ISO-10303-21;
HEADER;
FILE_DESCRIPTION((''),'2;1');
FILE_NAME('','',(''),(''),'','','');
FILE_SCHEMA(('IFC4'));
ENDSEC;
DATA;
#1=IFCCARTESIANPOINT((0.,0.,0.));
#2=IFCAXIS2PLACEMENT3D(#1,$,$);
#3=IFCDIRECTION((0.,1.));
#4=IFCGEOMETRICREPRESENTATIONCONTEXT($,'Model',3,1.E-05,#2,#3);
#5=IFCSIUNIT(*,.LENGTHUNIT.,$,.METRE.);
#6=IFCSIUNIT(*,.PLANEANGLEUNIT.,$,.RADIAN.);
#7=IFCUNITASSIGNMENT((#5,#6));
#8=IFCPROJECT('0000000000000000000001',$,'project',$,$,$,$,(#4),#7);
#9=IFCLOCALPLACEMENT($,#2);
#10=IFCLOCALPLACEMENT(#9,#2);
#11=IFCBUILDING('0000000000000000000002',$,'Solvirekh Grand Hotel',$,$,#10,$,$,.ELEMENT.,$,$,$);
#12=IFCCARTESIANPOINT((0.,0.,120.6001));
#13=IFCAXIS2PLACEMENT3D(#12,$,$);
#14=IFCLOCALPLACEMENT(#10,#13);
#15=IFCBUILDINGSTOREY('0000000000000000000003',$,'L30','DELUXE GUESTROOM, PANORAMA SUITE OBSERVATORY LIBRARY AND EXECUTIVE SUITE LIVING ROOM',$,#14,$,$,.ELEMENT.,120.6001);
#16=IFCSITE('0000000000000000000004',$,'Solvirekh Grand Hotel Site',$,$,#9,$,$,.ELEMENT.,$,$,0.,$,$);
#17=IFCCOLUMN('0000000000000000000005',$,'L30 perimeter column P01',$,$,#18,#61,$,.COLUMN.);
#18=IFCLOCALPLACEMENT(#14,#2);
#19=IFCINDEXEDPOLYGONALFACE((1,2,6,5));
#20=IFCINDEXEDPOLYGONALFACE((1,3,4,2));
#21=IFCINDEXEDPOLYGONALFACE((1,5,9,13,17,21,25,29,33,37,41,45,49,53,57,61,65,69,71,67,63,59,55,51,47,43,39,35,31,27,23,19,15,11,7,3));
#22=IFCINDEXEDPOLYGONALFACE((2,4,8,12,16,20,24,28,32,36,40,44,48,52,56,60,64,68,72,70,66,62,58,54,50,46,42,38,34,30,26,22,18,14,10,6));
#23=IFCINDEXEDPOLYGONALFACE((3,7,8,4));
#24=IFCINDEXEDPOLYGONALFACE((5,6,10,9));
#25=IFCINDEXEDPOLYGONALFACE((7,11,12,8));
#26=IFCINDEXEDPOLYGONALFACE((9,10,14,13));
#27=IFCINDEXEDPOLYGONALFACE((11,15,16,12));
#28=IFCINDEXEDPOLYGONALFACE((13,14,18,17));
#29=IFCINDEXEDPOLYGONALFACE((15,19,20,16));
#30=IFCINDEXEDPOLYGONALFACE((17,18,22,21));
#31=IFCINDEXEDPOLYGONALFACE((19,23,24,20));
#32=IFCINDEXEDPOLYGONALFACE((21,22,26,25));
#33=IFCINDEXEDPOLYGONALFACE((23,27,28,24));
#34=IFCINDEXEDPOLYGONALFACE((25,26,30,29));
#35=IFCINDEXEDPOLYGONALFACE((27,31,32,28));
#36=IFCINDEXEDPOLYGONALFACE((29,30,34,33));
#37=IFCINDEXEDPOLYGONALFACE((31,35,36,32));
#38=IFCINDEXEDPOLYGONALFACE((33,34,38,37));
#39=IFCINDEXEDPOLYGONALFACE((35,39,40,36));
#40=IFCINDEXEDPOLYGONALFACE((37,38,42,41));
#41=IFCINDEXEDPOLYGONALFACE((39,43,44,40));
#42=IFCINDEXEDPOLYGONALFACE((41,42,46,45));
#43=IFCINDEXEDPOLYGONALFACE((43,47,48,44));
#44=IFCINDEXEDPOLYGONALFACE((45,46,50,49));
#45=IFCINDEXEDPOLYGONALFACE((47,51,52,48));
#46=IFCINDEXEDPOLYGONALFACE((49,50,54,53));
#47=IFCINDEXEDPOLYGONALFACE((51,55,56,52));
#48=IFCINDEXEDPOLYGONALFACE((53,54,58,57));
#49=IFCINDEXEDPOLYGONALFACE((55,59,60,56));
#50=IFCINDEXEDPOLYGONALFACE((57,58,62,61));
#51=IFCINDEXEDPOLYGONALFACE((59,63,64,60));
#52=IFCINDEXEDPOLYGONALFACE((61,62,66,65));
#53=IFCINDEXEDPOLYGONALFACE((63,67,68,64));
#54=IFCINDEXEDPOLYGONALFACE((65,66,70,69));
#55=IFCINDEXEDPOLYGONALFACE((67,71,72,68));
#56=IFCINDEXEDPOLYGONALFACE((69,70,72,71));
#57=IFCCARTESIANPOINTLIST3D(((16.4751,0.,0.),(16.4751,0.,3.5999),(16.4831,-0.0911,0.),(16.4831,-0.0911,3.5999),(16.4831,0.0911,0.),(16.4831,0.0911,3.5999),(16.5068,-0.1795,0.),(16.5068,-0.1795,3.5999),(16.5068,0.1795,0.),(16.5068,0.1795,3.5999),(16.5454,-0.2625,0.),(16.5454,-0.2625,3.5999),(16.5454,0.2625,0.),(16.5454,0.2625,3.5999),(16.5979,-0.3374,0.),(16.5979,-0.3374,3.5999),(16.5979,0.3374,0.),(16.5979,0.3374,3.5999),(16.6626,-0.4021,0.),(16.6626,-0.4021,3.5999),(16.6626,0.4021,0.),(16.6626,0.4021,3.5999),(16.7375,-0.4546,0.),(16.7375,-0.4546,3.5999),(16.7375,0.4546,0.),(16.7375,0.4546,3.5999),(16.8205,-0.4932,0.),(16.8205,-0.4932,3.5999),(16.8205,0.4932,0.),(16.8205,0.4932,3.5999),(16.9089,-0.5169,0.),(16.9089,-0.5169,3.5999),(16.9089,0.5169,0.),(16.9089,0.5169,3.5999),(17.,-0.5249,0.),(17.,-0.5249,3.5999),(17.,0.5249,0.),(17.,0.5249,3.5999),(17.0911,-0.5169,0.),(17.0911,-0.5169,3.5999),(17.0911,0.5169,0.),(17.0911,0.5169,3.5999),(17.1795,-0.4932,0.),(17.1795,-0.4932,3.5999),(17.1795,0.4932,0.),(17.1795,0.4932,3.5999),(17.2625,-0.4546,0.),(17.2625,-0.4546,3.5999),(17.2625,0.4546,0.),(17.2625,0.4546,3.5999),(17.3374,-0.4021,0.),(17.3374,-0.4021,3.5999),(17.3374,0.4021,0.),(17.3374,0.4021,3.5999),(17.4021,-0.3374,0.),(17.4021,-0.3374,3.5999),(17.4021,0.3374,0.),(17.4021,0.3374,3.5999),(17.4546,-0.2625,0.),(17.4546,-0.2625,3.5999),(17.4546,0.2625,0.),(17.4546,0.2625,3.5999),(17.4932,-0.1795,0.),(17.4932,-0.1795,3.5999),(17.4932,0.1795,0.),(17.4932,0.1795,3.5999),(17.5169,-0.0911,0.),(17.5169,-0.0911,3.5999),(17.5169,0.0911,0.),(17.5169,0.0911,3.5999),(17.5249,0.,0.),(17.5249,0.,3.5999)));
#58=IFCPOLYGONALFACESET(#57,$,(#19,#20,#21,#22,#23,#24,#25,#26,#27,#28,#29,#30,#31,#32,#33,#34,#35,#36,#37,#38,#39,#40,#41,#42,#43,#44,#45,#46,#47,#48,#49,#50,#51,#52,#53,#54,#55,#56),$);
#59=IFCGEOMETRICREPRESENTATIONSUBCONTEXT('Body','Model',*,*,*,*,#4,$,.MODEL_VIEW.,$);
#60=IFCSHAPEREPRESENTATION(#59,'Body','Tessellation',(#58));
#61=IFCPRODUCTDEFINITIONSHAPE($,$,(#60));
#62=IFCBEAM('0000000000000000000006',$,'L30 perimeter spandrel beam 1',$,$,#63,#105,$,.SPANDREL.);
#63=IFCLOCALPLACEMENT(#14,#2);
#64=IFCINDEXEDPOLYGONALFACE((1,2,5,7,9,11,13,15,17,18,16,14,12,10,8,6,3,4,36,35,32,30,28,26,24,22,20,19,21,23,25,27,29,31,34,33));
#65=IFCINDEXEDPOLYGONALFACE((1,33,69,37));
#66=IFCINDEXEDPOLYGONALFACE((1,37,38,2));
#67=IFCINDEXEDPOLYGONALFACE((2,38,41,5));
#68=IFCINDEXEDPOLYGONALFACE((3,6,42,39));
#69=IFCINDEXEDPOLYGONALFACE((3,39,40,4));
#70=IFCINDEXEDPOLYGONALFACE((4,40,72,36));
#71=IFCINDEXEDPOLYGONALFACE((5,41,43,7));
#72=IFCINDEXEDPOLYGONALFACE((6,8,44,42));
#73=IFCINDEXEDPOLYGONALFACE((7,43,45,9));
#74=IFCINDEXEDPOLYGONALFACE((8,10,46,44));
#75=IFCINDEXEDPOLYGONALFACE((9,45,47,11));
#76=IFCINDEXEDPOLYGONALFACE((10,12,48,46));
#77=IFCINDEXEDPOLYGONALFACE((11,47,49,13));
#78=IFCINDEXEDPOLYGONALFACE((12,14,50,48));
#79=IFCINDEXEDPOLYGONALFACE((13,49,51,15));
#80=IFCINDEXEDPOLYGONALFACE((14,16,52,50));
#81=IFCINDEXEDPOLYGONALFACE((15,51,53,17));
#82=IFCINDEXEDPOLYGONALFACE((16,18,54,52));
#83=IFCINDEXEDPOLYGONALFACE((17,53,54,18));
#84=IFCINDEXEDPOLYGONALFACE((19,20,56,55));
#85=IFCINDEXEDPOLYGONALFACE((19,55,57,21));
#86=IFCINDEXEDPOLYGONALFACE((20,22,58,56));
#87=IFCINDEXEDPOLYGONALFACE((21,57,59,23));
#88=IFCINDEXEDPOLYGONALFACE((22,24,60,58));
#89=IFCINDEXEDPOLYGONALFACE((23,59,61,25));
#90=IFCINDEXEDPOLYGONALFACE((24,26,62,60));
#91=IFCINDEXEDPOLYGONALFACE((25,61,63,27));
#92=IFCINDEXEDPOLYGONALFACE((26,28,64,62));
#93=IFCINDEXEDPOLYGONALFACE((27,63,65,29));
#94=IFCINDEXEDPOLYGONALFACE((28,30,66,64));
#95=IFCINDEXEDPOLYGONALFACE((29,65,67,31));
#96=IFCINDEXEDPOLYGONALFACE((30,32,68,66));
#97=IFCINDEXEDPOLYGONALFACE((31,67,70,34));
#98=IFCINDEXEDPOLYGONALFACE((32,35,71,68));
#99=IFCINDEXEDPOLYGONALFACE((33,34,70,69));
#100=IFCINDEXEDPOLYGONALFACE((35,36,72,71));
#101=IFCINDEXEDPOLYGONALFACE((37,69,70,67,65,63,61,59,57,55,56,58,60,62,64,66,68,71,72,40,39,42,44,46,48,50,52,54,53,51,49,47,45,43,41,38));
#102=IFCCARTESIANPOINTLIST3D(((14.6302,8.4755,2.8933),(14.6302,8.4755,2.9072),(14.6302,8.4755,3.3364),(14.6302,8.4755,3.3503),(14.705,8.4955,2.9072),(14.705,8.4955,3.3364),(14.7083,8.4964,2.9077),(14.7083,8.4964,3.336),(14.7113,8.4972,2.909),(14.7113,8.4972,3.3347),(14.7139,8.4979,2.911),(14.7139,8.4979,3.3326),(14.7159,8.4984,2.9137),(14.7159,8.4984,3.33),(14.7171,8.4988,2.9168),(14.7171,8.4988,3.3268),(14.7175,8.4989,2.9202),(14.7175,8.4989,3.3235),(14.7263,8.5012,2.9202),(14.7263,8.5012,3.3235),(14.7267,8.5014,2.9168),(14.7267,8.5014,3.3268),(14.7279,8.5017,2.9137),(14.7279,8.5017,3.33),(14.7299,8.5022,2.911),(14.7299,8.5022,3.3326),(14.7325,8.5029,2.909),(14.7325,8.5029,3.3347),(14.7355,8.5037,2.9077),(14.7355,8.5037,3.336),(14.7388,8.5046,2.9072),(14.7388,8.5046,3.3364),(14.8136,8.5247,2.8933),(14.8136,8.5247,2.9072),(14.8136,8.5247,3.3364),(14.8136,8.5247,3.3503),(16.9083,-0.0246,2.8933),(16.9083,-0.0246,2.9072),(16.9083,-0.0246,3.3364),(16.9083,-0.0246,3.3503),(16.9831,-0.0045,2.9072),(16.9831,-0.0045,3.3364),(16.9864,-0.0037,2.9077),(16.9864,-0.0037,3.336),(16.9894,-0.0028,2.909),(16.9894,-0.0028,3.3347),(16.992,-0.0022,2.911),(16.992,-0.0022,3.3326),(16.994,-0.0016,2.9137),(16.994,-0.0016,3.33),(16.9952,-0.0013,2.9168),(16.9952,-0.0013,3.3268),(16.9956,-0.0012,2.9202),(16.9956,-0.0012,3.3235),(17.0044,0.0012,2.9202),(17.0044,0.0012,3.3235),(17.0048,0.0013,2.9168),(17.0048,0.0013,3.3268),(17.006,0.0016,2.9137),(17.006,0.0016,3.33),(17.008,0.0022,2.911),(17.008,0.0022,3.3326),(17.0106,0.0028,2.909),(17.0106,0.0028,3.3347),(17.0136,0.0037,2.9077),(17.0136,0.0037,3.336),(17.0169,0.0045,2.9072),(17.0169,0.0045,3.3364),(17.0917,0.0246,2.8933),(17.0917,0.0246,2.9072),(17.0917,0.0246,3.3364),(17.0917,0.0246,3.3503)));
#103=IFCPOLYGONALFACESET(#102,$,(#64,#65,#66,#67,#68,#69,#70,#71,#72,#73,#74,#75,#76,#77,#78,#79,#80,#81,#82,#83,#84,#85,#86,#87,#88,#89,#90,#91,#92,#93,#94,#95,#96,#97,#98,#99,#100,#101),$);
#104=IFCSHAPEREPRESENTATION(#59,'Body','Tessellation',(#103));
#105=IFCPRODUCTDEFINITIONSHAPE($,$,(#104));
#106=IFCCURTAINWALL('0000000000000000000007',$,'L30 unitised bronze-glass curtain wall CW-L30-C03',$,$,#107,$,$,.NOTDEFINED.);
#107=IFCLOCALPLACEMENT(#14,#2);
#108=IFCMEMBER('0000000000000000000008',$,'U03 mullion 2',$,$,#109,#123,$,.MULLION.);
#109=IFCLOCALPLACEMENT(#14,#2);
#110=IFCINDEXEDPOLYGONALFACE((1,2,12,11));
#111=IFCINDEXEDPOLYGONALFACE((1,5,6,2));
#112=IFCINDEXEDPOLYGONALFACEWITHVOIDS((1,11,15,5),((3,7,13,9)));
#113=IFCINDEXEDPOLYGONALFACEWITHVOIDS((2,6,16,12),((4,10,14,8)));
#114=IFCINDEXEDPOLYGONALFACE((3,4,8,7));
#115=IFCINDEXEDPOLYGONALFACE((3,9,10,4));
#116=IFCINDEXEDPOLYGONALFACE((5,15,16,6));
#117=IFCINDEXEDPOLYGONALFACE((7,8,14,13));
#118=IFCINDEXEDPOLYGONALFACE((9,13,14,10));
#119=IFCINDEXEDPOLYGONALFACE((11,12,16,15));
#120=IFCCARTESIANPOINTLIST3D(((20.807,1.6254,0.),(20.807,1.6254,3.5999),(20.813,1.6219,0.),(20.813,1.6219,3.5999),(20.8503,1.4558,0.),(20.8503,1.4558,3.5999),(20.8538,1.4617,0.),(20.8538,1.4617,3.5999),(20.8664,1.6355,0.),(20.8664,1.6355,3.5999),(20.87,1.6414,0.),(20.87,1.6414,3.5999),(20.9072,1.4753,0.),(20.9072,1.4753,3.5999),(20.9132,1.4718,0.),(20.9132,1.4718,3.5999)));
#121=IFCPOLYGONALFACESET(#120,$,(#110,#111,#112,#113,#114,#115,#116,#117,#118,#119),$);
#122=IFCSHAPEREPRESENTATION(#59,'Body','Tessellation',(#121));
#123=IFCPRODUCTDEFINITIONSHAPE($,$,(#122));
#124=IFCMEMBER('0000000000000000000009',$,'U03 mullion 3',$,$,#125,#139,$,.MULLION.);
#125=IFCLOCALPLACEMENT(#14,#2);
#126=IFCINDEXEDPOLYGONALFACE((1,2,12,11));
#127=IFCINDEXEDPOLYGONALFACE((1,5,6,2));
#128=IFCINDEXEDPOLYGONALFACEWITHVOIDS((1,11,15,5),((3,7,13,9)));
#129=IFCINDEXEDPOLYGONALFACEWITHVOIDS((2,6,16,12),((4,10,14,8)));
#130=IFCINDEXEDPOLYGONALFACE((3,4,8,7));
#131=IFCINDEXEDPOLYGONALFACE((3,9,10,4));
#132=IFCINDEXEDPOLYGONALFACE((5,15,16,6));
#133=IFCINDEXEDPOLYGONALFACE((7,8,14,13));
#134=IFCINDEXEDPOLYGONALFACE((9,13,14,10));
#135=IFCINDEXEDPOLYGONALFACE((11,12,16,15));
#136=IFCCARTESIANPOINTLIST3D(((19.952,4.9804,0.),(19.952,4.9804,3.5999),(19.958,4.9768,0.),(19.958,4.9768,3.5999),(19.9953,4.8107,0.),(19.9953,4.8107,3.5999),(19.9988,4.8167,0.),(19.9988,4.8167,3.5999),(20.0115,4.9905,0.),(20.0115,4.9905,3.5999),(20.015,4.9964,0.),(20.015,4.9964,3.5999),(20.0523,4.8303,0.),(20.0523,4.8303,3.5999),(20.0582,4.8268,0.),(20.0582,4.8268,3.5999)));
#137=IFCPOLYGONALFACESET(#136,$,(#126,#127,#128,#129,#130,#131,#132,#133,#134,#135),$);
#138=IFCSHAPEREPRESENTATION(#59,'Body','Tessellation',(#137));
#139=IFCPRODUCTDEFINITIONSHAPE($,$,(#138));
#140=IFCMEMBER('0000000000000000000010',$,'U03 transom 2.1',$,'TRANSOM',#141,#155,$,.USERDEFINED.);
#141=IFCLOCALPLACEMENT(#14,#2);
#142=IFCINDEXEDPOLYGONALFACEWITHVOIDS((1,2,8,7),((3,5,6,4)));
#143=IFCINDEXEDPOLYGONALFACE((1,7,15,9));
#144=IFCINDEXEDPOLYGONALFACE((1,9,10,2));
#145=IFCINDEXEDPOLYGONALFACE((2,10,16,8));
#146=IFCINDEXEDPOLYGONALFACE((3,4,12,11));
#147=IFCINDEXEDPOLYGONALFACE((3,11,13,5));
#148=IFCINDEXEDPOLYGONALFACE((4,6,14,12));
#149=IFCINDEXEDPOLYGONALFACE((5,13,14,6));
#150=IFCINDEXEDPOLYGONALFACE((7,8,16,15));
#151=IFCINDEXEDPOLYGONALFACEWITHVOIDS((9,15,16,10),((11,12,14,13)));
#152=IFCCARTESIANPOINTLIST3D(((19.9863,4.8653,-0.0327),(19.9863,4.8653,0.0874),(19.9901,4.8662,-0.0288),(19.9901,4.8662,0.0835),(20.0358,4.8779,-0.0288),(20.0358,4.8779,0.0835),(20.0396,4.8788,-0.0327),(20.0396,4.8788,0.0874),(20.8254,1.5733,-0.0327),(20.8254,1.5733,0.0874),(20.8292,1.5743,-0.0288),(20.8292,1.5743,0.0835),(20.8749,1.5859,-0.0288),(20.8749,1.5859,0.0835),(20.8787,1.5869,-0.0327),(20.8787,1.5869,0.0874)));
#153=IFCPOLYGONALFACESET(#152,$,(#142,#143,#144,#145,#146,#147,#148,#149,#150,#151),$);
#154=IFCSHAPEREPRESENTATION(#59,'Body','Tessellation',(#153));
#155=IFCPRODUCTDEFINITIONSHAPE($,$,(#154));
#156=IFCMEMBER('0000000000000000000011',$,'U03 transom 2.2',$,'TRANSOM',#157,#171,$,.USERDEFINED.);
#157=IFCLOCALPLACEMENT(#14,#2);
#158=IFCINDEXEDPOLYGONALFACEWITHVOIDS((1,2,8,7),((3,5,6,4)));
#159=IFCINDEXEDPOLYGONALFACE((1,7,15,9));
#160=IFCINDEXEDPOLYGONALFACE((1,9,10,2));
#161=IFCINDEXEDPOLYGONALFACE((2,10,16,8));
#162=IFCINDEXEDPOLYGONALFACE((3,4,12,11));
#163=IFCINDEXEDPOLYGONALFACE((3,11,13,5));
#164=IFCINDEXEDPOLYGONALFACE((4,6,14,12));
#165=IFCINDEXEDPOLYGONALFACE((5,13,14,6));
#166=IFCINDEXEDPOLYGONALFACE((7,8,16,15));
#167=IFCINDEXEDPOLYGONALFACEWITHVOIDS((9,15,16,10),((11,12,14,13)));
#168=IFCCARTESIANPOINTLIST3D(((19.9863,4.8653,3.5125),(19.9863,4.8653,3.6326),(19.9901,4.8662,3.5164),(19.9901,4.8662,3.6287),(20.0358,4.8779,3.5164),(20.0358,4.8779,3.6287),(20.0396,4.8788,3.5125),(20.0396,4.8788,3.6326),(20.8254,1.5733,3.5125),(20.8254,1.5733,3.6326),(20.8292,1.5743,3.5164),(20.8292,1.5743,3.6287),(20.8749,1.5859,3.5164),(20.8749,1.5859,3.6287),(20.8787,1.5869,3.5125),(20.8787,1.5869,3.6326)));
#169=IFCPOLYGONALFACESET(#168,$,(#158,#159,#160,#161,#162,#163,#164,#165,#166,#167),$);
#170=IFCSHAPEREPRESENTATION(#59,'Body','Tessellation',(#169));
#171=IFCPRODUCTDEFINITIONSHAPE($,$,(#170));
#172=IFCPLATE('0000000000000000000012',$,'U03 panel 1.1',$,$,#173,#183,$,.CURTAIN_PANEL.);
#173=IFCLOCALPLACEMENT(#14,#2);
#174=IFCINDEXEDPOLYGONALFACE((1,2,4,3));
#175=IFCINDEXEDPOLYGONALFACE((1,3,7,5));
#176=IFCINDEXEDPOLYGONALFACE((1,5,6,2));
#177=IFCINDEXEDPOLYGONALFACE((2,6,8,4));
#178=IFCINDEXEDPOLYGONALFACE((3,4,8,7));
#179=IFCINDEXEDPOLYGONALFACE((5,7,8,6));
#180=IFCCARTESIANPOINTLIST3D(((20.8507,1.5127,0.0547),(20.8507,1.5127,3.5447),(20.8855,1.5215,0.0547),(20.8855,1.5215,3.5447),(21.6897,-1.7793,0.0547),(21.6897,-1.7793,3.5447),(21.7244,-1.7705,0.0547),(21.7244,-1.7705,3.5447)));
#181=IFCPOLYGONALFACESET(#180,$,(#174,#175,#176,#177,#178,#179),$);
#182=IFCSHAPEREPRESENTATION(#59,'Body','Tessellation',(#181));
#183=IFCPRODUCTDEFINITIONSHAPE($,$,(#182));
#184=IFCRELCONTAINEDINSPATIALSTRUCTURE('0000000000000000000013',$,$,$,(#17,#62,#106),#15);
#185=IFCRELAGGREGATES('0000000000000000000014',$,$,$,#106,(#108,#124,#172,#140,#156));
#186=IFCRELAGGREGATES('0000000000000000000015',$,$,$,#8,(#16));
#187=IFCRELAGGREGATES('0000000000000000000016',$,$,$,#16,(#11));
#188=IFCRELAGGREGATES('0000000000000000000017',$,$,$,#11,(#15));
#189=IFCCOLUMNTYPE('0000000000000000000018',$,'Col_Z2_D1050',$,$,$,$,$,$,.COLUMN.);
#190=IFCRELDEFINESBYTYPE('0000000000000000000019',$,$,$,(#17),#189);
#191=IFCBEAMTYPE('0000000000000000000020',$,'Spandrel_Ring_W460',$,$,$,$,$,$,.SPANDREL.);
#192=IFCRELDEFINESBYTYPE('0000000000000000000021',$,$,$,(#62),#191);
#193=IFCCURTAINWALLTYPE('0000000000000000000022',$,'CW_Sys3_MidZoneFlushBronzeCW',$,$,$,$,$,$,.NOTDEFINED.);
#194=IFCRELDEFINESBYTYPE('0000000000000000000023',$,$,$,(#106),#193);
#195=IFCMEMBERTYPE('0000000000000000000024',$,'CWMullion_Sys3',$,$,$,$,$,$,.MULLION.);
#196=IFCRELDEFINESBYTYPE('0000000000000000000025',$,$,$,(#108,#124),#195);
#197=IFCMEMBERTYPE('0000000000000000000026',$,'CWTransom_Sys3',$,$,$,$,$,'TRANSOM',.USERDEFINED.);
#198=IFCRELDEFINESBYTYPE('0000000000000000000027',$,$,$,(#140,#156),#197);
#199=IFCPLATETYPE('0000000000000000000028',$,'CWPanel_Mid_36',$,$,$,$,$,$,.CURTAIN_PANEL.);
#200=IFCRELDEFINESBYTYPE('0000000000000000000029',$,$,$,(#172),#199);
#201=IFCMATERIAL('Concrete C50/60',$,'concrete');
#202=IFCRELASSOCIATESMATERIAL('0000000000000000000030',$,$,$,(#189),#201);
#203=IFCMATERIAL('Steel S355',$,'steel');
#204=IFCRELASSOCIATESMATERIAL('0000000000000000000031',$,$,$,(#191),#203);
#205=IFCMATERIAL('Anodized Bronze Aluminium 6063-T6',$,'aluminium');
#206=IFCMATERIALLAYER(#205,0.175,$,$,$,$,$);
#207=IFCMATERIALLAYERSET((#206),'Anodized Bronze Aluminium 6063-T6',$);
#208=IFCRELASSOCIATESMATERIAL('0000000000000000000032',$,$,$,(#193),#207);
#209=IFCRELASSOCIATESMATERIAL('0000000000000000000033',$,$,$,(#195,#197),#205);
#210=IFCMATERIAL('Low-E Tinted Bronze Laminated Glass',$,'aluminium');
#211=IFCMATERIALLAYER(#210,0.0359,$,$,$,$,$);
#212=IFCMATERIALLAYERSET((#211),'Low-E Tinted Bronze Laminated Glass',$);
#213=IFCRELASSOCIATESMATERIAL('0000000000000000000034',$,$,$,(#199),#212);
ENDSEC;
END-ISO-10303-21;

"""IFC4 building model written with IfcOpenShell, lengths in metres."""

from ifc_helpers import new_model, si_unit, direction, frame, origin, origin_2d, place, context, subcontext, project, spatial, rectangle, hollow_rectangle, circle, i_section, extrude, source, transform, mapped, material, layer, layer_set, material_profile, profile_set, type_object, element, aggregate, save


model = new_model("IFC4")

# Units and contexts
model_context = context("Model", 3, precision=1e-05, world=origin(), true_north=direction((0.0, 1.0)))
body_context = subcontext(model_context, "Body", "Model", "MODEL_VIEW")
ifc_project = project(units=[si_unit("LENGTHUNIT", "METRE"), si_unit("PLANEANGLEUNIT", "RADIAN")], contexts=[model_context])

# Site, building, storey
site_placement = place(None, origin())
site = spatial("IfcSite", under=ifc_project, at=site_placement, Name="Solvirekh Grand Hotel Site", CompositionType="ELEMENT", RefElevation=0.0)
building_placement = place(site_placement, origin())
building = spatial("IfcBuilding", under=site, at=building_placement, Name="Solvirekh Grand Hotel", CompositionType="ELEMENT")
storey_placement = place(building_placement, frame((0.0, 0.0, 120.6001)))
storey = spatial("IfcBuildingStorey", under=building, at=storey_placement, Name="L30", Description="DELUXE GUESTROOM, PANORAMA SUITE OBSERVATORY LIBRARY AND EXECUTIVE SUITE LIVING ROOM", CompositionType="ELEMENT", Elevation=120.6001)

# Column
ifc_material_1 = material(Name="Concrete C50/60", Category="concrete")
ifc_material_profile_1 = material_profile(ifc_material_1, circle(Radius=0.5249, at=origin_2d()), Name="RC CIRC D1050")
ifc_profile_set_1 = profile_set([ifc_material_profile_1], Name="Concrete C50/60")
column_type = type_object("IfcColumnType", Name="Col_Z2_D1050", PredefinedType="COLUMN", material=ifc_profile_set_1)
column_placement = place(storey_placement, frame((17.0, 0.0, 0.0), z_axis=(0.0, 0.0, 1.0), x_axis=(1.0, 0.0, 0.0)))
element("IfcColumn", 1, at=column_placement, inside=storey, type_object=column_type, Name="L30 perimeter column P01", PredefinedType="COLUMN", context=body_context, shape_type="SweptSolid", body=[
    extrude(circle(Radius=0.5249, at=origin_2d()), origin(), (0.0, 0.0, 1.0), 3.5999),
])

# Beam
ifc_material_2 = material(Name="Steel S355", Category="steel")
ifc_material_profile_2 = material_profile(ifc_material_2, i_section(OverallWidth=0.1899, OverallDepth=0.457, WebThickness=0.009, FlangeThickness=0.0139, FilletRadius=0.0129, at=origin_2d()), Name="W460X74")
ifc_profile_set_2 = profile_set([ifc_material_profile_2], Name="Steel S355")
beam_type = type_object("IfcBeamType", Name="Spandrel_Ring_W460", PredefinedType="SPANDREL", material=ifc_profile_set_2)
beam_placement = place(storey_placement, frame((17.0, 0.0, 3.1218), z_axis=(-0.258873, 0.965911, 0.0), x_axis=(-0.965911, -0.258873, 0.0)))
element("IfcBeam", 2, at=beam_placement, inside=storey, type_object=beam_type, Name="L30 perimeter spandrel beam 1", PredefinedType="SPANDREL", context=body_context, shape_type="SweptSolid", body=[
    extrude(i_section(OverallWidth=0.1899, OverallDepth=0.457, WebThickness=0.009, FlangeThickness=0.0139, FilletRadius=0.0129, at=origin_2d()), origin(), (0.0, 0.0, 1.0), 8.8),
])

# Curtain wall, members, plate
ifc_material_3 = material(Name="Anodized Bronze Aluminium 6063-T6", Category="aluminium")
ifc_layer_1 = layer(ifc_material_3, 0.175)
ifc_layer_set_1 = layer_set([ifc_layer_1], Name="Anodized Bronze Aluminium 6063-T6")
curtain_wall_type = type_object("IfcCurtainWallType", Name="CW_Sys3_MidZoneFlushBronzeCW", PredefinedType="NOTDEFINED", material=ifc_layer_set_1)
curtain_wall_placement = place(storey_placement, origin())
curtain_wall = element("IfcCurtainWall", 3, at=curtain_wall_placement, inside=storey, type_object=curtain_wall_type, Name="L30 unitised bronze-glass curtain wall CW-L30-C03", PredefinedType="NOTDEFINED")
ifc_material_profile_3 = material_profile(ifc_material_3, hollow_rectangle(XDim=0.0649, YDim=0.175, WallThickness=0.0049, at=origin_2d()), Name="ALU RHS 175X65X5")
ifc_profile_set_3 = profile_set([ifc_material_profile_3], Name="Anodized Bronze Aluminium 6063-T6")
member_type_1 = type_object("IfcMemberType", Name="CWMullion_Sys3", PredefinedType="MULLION", material=ifc_profile_set_3)
shared_shape_1 = source(origin(), body_context, "Body", "SweptSolid", [
    extrude(hollow_rectangle(XDim=0.0649, YDim=0.175, WallThickness=0.0049, at=origin_2d()), origin(), (0.0, 0.0, 1.0), 3.5999),
])
member_1_placement = place(storey_placement, frame((20.8601, 1.5486, 0.0), z_axis=(0.0, 0.0, 1.0), x_axis=(-0.96903, -0.246943, 0.0)))
member_1 = element("IfcMember", 4, at=member_1_placement, type_object=member_type_1, Name="U03 mullion 2", PredefinedType="MULLION", context=body_context, shape_type="MappedRepresentation", body=[
    mapped(shared_shape_1, transform((0.0, 0.0, 0.0), x_axis=(1.0, 0.0, 0.0), y_axis=(0.0, 1.0, 0.0), z_axis=(0.0, 0.0, 1.0), scale=1.0)),
])
member_2_placement = place(storey_placement, frame((20.0051, 4.9036, 0.0), z_axis=(0.0, 0.0, 1.0), x_axis=(-0.96903, -0.246943, 0.0)))
member_2 = element("IfcMember", 5, at=member_2_placement, type_object=member_type_1, Name="U03 mullion 3", PredefinedType="MULLION", context=body_context, shape_type="MappedRepresentation", body=[
    mapped(shared_shape_1, transform((0.0, 0.0, 0.0), x_axis=(1.0, 0.0, 0.0), y_axis=(0.0, 1.0, 0.0), z_axis=(0.0, 0.0, 1.0), scale=1.0)),
])
ifc_material_profile_4 = material_profile(ifc_material_3, hollow_rectangle(XDim=0.0549, YDim=0.1201, WallThickness=0.0039, at=origin_2d()), Name="ALU RHS 120X55X4")
ifc_profile_set_4 = profile_set([ifc_material_profile_4], Name="Anodized Bronze Aluminium 6063-T6")
member_type_2 = type_object("IfcMemberType", Name="CWTransom_Sys3", ElementType="TRANSOM", PredefinedType="USERDEFINED", material=ifc_profile_set_4)
shared_shape_2 = source(origin(), body_context, "Body", "SweptSolid", [
    extrude(hollow_rectangle(XDim=0.0549, YDim=0.1201, WallThickness=0.0039, at=origin_2d()), origin(), (0.0, 0.0, 1.0), 3.3972),
])
member_3_placement = place(storey_placement, frame((20.8521, 1.5801, 0.0273), z_axis=(-0.246997, 0.969016, 0.0), x_axis=(-0.969016, -0.246997, 0.0)))
member_3 = element("IfcMember", 6, at=member_3_placement, type_object=member_type_2, Name="U03 transom 2.1", ObjectType="TRANSOM", PredefinedType="USERDEFINED", context=body_context, shape_type="MappedRepresentation", body=[
    mapped(shared_shape_2, transform((0.0, 0.0, 0.0), x_axis=(1.0, 0.0, 0.0), y_axis=(0.0, 1.0, 0.0), z_axis=(0.0, 0.0, 1.0), scale=1.0)),
])
member_4_placement = place(storey_placement, frame((20.8521, 1.5801, 3.5725), z_axis=(-0.246997, 0.969016, 0.0), x_axis=(-0.969016, -0.246997, 0.0)))
member_4 = element("IfcMember", 7, at=member_4_placement, type_object=member_type_2, Name="U03 transom 2.2", ObjectType="TRANSOM", PredefinedType="USERDEFINED", context=body_context, shape_type="MappedRepresentation", body=[
    mapped(shared_shape_2, transform((0.0, 0.0, 0.0), x_axis=(1.0, 0.0, 0.0), y_axis=(0.0, 1.0, 0.0), z_axis=(0.0, 0.0, 1.0), scale=1.0)),
])
ifc_material_4 = material(Name="Low-E Tinted Bronze Laminated Glass", Category="aluminium")
ifc_layer_2 = layer(ifc_material_4, 0.0359)
ifc_layer_set_2 = layer_set([ifc_layer_2], Name="Low-E Tinted Bronze Laminated Glass")
plate_type = type_object("IfcPlateType", Name="CWPanel_Mid_36", PredefinedType="CURTAIN_PANEL", material=ifc_layer_set_2)
shared_shape_3 = source(origin(), body_context, "Body", "SweptSolid", [
    extrude(rectangle(XDim=3.3972, YDim=0.0359, at=origin_2d()), origin(), (0.0, 0.0, 1.0), 3.49),
])
plate_1_placement = place(storey_placement, frame((21.2876, -0.1289, 0.0547), z_axis=(0.0, 0.0, 1.0), x_axis=(-0.246943, 0.96903, 0.0)))
plate_1 = element("IfcPlate", 8, at=plate_1_placement, type_object=plate_type, Name="U03 panel 1.1", PredefinedType="CURTAIN_PANEL", context=body_context, shape_type="MappedRepresentation", body=[
    mapped(shared_shape_3, transform((0.0, 0.0, 0.0), x_axis=(1.0, 0.0, 0.0), y_axis=(0.0, 1.0, 0.0), z_axis=(0.0, 0.0, 1.0), scale=1.0)),
])
aggregate(curtain_wall, [member_1, member_2, plate_1, member_3, member_4])

save(model, "model.ifc")
